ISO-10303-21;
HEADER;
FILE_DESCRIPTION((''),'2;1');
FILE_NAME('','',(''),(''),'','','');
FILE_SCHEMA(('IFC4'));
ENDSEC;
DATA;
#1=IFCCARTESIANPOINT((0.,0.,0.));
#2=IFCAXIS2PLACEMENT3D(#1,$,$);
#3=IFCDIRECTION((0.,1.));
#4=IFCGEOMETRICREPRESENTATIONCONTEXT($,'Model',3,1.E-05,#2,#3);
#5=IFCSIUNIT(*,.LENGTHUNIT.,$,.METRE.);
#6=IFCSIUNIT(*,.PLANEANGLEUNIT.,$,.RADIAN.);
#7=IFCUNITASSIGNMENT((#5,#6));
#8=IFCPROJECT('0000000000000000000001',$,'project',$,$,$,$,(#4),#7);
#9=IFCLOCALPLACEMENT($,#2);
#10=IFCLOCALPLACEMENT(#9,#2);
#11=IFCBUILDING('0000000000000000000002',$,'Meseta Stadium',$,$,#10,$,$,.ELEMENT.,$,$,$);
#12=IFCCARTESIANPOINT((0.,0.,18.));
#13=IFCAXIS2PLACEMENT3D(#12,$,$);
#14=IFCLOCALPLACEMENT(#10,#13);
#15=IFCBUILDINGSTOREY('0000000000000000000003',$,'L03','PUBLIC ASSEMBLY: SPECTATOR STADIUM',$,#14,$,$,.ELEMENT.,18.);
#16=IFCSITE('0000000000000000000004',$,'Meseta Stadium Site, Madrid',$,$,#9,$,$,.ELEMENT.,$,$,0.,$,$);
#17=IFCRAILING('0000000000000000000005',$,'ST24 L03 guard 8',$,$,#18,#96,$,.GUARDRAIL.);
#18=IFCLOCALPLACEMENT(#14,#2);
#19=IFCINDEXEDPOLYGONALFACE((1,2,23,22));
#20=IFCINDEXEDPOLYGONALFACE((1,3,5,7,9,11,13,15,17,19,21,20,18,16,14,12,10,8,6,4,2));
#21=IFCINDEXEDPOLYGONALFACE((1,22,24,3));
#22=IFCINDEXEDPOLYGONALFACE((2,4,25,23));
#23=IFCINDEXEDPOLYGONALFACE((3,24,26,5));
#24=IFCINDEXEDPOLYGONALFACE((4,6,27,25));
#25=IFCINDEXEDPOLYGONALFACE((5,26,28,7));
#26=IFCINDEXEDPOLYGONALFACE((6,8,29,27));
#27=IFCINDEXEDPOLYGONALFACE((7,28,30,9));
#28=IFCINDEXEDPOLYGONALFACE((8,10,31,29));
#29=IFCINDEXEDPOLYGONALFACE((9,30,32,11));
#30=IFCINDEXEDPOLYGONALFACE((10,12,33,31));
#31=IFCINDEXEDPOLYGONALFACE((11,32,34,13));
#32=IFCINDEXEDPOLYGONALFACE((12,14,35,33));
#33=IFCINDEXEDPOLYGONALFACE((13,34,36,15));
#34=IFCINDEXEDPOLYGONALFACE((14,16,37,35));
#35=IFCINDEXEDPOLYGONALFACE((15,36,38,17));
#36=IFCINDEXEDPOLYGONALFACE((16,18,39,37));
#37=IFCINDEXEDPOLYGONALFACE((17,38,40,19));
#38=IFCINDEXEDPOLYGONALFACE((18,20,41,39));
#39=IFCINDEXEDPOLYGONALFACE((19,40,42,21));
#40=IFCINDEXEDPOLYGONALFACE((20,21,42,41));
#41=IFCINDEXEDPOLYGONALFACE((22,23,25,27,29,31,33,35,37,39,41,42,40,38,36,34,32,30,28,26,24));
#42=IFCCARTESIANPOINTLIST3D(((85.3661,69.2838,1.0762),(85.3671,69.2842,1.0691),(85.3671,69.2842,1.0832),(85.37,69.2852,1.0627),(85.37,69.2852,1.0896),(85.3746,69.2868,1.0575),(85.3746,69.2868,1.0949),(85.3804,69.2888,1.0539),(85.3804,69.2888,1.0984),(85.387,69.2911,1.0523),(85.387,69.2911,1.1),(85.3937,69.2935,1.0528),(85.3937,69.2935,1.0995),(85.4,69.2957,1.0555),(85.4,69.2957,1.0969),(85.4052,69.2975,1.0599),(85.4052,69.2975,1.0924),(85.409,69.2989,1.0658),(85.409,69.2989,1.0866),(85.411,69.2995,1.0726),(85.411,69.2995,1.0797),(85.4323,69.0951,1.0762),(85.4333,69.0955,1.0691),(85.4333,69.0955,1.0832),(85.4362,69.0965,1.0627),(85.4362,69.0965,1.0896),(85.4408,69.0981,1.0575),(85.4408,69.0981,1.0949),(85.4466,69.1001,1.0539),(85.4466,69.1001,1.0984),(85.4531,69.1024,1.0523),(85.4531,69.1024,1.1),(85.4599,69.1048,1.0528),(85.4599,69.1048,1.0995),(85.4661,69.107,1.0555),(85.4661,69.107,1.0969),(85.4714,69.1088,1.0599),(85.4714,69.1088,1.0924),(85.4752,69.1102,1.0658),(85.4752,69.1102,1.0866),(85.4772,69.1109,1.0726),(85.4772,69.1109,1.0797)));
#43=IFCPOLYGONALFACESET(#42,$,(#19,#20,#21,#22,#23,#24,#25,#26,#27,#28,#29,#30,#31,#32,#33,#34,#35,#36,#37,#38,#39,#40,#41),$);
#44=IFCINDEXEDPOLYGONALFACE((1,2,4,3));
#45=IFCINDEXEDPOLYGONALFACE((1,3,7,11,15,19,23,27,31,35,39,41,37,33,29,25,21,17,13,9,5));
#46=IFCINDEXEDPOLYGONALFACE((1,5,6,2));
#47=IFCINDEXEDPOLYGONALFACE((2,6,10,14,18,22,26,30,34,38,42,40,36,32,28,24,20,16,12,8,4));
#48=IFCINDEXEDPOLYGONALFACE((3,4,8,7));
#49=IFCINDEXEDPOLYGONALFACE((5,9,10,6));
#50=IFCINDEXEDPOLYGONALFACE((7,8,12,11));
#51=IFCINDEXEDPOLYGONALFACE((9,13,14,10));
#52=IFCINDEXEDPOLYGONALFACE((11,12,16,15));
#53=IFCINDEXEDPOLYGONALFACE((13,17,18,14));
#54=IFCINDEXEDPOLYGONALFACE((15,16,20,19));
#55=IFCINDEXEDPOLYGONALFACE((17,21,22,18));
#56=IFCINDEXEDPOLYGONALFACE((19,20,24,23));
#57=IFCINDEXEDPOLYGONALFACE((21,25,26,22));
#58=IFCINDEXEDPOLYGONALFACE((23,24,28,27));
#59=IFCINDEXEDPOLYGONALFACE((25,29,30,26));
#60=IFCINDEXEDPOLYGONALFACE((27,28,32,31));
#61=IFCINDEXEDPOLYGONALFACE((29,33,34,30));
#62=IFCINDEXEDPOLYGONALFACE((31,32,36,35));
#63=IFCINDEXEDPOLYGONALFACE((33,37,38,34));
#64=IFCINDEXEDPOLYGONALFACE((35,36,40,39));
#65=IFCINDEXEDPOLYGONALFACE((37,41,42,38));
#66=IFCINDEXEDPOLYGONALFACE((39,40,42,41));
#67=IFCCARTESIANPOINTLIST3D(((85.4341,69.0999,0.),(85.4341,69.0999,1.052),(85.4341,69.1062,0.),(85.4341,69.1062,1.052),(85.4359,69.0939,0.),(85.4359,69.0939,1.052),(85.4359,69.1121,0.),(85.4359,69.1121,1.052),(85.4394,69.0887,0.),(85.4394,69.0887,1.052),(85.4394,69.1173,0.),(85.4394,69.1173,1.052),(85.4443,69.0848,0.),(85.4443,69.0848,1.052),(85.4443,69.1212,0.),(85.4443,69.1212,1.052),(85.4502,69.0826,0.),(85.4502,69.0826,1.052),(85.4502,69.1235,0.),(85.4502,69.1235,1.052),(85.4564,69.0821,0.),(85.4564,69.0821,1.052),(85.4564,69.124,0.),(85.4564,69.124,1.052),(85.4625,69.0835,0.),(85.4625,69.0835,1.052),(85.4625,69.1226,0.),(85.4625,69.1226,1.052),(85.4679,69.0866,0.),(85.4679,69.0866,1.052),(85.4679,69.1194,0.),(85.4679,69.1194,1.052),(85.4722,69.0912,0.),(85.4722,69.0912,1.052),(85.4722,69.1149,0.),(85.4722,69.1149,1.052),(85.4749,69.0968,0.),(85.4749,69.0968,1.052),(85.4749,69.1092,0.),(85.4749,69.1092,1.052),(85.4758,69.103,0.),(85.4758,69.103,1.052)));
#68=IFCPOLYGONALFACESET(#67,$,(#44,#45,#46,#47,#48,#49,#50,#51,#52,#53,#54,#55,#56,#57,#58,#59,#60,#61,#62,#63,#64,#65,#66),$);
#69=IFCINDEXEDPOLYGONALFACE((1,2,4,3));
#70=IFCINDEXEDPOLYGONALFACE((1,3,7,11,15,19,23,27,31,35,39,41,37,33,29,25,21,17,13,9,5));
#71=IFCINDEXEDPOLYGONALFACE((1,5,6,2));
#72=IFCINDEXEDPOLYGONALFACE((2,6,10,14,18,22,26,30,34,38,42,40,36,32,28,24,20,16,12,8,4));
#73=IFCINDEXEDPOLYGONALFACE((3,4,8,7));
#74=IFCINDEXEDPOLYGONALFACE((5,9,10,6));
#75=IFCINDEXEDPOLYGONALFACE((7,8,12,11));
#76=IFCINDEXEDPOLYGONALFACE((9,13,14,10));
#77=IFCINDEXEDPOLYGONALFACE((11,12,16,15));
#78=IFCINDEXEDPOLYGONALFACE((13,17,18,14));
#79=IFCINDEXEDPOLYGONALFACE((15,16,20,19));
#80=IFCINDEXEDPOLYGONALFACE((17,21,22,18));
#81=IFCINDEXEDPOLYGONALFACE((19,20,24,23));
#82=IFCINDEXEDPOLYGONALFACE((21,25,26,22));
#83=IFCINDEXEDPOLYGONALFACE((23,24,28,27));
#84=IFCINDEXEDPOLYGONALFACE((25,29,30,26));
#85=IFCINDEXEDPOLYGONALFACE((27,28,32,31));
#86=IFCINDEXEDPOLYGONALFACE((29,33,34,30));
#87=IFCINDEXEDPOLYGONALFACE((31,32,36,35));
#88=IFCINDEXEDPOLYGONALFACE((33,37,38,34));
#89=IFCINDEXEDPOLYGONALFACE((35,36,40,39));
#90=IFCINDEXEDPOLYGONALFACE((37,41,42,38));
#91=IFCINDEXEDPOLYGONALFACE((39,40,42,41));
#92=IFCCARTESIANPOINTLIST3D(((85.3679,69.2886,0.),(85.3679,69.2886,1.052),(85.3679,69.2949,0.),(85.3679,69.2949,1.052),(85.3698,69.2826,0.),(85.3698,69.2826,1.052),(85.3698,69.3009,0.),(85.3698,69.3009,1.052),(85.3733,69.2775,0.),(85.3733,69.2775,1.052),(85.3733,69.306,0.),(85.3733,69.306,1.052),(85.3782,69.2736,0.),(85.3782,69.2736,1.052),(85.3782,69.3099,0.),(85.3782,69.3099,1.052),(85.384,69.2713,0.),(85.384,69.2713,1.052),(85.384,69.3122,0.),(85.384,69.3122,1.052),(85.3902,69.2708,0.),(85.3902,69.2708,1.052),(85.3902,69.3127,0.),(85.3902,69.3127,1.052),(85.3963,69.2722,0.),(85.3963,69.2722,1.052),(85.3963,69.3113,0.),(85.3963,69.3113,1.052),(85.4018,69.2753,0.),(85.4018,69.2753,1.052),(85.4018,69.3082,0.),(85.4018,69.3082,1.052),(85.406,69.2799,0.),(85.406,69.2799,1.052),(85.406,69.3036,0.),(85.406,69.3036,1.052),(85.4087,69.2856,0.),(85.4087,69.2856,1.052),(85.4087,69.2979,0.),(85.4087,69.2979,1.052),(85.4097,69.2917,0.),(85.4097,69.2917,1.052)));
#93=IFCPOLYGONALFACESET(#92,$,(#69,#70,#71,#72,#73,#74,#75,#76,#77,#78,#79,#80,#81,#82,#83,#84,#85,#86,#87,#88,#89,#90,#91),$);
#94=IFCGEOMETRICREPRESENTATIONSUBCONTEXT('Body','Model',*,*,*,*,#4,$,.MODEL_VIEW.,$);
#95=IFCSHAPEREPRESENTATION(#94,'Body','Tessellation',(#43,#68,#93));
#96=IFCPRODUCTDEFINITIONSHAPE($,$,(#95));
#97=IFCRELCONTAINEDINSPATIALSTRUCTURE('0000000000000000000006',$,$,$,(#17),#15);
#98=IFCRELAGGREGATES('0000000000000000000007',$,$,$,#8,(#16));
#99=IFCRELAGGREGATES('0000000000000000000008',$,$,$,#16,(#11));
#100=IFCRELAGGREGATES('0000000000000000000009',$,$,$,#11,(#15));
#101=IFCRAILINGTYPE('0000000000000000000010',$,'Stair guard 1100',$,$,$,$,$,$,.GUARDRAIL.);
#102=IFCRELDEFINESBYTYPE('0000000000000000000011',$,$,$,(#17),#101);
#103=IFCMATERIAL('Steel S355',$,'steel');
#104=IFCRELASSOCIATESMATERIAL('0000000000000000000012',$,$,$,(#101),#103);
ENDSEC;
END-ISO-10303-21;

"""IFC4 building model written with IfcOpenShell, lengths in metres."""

from ifc_helpers import new_model, si_unit, direction, frame, origin, origin_2d, place, context, subcontext, project, spatial, circle, extrude, material, type_object, element, save


model = new_model("IFC4")

# Units and contexts
model_context = context("Model", 3, precision=1e-05, world=origin(), true_north=direction((0.0, 1.0)))
body_context = subcontext(model_context, "Body", "Model", "MODEL_VIEW")
ifc_project = project(units=[si_unit("LENGTHUNIT", "METRE"), si_unit("PLANEANGLEUNIT", "RADIAN")], contexts=[model_context])

# Site, building, storey
site_placement = place(None, origin())
site = spatial("IfcSite", under=ifc_project, at=site_placement, Name="Meseta Stadium Site, Madrid", CompositionType="ELEMENT", RefElevation=0.0)
building_placement = place(site_placement, origin())
building = spatial("IfcBuilding", under=site, at=building_placement, Name="Meseta Stadium", CompositionType="ELEMENT")
storey_placement = place(building_placement, frame((0.0, 0.0, 18.0)))
storey = spatial("IfcBuildingStorey", under=building, at=storey_placement, Name="L03", Description="PUBLIC ASSEMBLY: SPECTATOR STADIUM", CompositionType="ELEMENT", Elevation=18.0)

# Railing
ifc_material_1 = material(Name="Steel S355", Category="steel")
railing_type_1 = type_object("IfcRailingType", Name="Stair guard 1100", PredefinedType="GUARDRAIL", material=ifc_material_1)
railing_1_placement = place(storey_placement, frame((85.4548, 69.103, 0.0)))
element("IfcRailing", 1, at=railing_1_placement, inside=storey, type_object=railing_type_1, Name="ST24 L03 guard 8", PredefinedType="GUARDRAIL", context=body_context, shape_type="SweptSolid", body=[
    extrude(circle(Radius=0.0239, at=origin_2d()), frame((0.0, 0.0, 1.0762), z_axis=(-0.33084, 0.943687, 0.0), x_axis=(-0.943687, -0.33084, 0.0)), (0.0, 0.0, 1.0), 0.2),
    extrude(circle(Radius=0.021, at=origin_2d()), origin(), (0.0, 0.0, 1.0), 1.052),
    extrude(circle(Radius=0.021, at=origin_2d()), frame((-0.0662, 0.1887, 0.0)), (0.0, 0.0, 1.0), 1.052),
])

save(model, "model.ifc")
